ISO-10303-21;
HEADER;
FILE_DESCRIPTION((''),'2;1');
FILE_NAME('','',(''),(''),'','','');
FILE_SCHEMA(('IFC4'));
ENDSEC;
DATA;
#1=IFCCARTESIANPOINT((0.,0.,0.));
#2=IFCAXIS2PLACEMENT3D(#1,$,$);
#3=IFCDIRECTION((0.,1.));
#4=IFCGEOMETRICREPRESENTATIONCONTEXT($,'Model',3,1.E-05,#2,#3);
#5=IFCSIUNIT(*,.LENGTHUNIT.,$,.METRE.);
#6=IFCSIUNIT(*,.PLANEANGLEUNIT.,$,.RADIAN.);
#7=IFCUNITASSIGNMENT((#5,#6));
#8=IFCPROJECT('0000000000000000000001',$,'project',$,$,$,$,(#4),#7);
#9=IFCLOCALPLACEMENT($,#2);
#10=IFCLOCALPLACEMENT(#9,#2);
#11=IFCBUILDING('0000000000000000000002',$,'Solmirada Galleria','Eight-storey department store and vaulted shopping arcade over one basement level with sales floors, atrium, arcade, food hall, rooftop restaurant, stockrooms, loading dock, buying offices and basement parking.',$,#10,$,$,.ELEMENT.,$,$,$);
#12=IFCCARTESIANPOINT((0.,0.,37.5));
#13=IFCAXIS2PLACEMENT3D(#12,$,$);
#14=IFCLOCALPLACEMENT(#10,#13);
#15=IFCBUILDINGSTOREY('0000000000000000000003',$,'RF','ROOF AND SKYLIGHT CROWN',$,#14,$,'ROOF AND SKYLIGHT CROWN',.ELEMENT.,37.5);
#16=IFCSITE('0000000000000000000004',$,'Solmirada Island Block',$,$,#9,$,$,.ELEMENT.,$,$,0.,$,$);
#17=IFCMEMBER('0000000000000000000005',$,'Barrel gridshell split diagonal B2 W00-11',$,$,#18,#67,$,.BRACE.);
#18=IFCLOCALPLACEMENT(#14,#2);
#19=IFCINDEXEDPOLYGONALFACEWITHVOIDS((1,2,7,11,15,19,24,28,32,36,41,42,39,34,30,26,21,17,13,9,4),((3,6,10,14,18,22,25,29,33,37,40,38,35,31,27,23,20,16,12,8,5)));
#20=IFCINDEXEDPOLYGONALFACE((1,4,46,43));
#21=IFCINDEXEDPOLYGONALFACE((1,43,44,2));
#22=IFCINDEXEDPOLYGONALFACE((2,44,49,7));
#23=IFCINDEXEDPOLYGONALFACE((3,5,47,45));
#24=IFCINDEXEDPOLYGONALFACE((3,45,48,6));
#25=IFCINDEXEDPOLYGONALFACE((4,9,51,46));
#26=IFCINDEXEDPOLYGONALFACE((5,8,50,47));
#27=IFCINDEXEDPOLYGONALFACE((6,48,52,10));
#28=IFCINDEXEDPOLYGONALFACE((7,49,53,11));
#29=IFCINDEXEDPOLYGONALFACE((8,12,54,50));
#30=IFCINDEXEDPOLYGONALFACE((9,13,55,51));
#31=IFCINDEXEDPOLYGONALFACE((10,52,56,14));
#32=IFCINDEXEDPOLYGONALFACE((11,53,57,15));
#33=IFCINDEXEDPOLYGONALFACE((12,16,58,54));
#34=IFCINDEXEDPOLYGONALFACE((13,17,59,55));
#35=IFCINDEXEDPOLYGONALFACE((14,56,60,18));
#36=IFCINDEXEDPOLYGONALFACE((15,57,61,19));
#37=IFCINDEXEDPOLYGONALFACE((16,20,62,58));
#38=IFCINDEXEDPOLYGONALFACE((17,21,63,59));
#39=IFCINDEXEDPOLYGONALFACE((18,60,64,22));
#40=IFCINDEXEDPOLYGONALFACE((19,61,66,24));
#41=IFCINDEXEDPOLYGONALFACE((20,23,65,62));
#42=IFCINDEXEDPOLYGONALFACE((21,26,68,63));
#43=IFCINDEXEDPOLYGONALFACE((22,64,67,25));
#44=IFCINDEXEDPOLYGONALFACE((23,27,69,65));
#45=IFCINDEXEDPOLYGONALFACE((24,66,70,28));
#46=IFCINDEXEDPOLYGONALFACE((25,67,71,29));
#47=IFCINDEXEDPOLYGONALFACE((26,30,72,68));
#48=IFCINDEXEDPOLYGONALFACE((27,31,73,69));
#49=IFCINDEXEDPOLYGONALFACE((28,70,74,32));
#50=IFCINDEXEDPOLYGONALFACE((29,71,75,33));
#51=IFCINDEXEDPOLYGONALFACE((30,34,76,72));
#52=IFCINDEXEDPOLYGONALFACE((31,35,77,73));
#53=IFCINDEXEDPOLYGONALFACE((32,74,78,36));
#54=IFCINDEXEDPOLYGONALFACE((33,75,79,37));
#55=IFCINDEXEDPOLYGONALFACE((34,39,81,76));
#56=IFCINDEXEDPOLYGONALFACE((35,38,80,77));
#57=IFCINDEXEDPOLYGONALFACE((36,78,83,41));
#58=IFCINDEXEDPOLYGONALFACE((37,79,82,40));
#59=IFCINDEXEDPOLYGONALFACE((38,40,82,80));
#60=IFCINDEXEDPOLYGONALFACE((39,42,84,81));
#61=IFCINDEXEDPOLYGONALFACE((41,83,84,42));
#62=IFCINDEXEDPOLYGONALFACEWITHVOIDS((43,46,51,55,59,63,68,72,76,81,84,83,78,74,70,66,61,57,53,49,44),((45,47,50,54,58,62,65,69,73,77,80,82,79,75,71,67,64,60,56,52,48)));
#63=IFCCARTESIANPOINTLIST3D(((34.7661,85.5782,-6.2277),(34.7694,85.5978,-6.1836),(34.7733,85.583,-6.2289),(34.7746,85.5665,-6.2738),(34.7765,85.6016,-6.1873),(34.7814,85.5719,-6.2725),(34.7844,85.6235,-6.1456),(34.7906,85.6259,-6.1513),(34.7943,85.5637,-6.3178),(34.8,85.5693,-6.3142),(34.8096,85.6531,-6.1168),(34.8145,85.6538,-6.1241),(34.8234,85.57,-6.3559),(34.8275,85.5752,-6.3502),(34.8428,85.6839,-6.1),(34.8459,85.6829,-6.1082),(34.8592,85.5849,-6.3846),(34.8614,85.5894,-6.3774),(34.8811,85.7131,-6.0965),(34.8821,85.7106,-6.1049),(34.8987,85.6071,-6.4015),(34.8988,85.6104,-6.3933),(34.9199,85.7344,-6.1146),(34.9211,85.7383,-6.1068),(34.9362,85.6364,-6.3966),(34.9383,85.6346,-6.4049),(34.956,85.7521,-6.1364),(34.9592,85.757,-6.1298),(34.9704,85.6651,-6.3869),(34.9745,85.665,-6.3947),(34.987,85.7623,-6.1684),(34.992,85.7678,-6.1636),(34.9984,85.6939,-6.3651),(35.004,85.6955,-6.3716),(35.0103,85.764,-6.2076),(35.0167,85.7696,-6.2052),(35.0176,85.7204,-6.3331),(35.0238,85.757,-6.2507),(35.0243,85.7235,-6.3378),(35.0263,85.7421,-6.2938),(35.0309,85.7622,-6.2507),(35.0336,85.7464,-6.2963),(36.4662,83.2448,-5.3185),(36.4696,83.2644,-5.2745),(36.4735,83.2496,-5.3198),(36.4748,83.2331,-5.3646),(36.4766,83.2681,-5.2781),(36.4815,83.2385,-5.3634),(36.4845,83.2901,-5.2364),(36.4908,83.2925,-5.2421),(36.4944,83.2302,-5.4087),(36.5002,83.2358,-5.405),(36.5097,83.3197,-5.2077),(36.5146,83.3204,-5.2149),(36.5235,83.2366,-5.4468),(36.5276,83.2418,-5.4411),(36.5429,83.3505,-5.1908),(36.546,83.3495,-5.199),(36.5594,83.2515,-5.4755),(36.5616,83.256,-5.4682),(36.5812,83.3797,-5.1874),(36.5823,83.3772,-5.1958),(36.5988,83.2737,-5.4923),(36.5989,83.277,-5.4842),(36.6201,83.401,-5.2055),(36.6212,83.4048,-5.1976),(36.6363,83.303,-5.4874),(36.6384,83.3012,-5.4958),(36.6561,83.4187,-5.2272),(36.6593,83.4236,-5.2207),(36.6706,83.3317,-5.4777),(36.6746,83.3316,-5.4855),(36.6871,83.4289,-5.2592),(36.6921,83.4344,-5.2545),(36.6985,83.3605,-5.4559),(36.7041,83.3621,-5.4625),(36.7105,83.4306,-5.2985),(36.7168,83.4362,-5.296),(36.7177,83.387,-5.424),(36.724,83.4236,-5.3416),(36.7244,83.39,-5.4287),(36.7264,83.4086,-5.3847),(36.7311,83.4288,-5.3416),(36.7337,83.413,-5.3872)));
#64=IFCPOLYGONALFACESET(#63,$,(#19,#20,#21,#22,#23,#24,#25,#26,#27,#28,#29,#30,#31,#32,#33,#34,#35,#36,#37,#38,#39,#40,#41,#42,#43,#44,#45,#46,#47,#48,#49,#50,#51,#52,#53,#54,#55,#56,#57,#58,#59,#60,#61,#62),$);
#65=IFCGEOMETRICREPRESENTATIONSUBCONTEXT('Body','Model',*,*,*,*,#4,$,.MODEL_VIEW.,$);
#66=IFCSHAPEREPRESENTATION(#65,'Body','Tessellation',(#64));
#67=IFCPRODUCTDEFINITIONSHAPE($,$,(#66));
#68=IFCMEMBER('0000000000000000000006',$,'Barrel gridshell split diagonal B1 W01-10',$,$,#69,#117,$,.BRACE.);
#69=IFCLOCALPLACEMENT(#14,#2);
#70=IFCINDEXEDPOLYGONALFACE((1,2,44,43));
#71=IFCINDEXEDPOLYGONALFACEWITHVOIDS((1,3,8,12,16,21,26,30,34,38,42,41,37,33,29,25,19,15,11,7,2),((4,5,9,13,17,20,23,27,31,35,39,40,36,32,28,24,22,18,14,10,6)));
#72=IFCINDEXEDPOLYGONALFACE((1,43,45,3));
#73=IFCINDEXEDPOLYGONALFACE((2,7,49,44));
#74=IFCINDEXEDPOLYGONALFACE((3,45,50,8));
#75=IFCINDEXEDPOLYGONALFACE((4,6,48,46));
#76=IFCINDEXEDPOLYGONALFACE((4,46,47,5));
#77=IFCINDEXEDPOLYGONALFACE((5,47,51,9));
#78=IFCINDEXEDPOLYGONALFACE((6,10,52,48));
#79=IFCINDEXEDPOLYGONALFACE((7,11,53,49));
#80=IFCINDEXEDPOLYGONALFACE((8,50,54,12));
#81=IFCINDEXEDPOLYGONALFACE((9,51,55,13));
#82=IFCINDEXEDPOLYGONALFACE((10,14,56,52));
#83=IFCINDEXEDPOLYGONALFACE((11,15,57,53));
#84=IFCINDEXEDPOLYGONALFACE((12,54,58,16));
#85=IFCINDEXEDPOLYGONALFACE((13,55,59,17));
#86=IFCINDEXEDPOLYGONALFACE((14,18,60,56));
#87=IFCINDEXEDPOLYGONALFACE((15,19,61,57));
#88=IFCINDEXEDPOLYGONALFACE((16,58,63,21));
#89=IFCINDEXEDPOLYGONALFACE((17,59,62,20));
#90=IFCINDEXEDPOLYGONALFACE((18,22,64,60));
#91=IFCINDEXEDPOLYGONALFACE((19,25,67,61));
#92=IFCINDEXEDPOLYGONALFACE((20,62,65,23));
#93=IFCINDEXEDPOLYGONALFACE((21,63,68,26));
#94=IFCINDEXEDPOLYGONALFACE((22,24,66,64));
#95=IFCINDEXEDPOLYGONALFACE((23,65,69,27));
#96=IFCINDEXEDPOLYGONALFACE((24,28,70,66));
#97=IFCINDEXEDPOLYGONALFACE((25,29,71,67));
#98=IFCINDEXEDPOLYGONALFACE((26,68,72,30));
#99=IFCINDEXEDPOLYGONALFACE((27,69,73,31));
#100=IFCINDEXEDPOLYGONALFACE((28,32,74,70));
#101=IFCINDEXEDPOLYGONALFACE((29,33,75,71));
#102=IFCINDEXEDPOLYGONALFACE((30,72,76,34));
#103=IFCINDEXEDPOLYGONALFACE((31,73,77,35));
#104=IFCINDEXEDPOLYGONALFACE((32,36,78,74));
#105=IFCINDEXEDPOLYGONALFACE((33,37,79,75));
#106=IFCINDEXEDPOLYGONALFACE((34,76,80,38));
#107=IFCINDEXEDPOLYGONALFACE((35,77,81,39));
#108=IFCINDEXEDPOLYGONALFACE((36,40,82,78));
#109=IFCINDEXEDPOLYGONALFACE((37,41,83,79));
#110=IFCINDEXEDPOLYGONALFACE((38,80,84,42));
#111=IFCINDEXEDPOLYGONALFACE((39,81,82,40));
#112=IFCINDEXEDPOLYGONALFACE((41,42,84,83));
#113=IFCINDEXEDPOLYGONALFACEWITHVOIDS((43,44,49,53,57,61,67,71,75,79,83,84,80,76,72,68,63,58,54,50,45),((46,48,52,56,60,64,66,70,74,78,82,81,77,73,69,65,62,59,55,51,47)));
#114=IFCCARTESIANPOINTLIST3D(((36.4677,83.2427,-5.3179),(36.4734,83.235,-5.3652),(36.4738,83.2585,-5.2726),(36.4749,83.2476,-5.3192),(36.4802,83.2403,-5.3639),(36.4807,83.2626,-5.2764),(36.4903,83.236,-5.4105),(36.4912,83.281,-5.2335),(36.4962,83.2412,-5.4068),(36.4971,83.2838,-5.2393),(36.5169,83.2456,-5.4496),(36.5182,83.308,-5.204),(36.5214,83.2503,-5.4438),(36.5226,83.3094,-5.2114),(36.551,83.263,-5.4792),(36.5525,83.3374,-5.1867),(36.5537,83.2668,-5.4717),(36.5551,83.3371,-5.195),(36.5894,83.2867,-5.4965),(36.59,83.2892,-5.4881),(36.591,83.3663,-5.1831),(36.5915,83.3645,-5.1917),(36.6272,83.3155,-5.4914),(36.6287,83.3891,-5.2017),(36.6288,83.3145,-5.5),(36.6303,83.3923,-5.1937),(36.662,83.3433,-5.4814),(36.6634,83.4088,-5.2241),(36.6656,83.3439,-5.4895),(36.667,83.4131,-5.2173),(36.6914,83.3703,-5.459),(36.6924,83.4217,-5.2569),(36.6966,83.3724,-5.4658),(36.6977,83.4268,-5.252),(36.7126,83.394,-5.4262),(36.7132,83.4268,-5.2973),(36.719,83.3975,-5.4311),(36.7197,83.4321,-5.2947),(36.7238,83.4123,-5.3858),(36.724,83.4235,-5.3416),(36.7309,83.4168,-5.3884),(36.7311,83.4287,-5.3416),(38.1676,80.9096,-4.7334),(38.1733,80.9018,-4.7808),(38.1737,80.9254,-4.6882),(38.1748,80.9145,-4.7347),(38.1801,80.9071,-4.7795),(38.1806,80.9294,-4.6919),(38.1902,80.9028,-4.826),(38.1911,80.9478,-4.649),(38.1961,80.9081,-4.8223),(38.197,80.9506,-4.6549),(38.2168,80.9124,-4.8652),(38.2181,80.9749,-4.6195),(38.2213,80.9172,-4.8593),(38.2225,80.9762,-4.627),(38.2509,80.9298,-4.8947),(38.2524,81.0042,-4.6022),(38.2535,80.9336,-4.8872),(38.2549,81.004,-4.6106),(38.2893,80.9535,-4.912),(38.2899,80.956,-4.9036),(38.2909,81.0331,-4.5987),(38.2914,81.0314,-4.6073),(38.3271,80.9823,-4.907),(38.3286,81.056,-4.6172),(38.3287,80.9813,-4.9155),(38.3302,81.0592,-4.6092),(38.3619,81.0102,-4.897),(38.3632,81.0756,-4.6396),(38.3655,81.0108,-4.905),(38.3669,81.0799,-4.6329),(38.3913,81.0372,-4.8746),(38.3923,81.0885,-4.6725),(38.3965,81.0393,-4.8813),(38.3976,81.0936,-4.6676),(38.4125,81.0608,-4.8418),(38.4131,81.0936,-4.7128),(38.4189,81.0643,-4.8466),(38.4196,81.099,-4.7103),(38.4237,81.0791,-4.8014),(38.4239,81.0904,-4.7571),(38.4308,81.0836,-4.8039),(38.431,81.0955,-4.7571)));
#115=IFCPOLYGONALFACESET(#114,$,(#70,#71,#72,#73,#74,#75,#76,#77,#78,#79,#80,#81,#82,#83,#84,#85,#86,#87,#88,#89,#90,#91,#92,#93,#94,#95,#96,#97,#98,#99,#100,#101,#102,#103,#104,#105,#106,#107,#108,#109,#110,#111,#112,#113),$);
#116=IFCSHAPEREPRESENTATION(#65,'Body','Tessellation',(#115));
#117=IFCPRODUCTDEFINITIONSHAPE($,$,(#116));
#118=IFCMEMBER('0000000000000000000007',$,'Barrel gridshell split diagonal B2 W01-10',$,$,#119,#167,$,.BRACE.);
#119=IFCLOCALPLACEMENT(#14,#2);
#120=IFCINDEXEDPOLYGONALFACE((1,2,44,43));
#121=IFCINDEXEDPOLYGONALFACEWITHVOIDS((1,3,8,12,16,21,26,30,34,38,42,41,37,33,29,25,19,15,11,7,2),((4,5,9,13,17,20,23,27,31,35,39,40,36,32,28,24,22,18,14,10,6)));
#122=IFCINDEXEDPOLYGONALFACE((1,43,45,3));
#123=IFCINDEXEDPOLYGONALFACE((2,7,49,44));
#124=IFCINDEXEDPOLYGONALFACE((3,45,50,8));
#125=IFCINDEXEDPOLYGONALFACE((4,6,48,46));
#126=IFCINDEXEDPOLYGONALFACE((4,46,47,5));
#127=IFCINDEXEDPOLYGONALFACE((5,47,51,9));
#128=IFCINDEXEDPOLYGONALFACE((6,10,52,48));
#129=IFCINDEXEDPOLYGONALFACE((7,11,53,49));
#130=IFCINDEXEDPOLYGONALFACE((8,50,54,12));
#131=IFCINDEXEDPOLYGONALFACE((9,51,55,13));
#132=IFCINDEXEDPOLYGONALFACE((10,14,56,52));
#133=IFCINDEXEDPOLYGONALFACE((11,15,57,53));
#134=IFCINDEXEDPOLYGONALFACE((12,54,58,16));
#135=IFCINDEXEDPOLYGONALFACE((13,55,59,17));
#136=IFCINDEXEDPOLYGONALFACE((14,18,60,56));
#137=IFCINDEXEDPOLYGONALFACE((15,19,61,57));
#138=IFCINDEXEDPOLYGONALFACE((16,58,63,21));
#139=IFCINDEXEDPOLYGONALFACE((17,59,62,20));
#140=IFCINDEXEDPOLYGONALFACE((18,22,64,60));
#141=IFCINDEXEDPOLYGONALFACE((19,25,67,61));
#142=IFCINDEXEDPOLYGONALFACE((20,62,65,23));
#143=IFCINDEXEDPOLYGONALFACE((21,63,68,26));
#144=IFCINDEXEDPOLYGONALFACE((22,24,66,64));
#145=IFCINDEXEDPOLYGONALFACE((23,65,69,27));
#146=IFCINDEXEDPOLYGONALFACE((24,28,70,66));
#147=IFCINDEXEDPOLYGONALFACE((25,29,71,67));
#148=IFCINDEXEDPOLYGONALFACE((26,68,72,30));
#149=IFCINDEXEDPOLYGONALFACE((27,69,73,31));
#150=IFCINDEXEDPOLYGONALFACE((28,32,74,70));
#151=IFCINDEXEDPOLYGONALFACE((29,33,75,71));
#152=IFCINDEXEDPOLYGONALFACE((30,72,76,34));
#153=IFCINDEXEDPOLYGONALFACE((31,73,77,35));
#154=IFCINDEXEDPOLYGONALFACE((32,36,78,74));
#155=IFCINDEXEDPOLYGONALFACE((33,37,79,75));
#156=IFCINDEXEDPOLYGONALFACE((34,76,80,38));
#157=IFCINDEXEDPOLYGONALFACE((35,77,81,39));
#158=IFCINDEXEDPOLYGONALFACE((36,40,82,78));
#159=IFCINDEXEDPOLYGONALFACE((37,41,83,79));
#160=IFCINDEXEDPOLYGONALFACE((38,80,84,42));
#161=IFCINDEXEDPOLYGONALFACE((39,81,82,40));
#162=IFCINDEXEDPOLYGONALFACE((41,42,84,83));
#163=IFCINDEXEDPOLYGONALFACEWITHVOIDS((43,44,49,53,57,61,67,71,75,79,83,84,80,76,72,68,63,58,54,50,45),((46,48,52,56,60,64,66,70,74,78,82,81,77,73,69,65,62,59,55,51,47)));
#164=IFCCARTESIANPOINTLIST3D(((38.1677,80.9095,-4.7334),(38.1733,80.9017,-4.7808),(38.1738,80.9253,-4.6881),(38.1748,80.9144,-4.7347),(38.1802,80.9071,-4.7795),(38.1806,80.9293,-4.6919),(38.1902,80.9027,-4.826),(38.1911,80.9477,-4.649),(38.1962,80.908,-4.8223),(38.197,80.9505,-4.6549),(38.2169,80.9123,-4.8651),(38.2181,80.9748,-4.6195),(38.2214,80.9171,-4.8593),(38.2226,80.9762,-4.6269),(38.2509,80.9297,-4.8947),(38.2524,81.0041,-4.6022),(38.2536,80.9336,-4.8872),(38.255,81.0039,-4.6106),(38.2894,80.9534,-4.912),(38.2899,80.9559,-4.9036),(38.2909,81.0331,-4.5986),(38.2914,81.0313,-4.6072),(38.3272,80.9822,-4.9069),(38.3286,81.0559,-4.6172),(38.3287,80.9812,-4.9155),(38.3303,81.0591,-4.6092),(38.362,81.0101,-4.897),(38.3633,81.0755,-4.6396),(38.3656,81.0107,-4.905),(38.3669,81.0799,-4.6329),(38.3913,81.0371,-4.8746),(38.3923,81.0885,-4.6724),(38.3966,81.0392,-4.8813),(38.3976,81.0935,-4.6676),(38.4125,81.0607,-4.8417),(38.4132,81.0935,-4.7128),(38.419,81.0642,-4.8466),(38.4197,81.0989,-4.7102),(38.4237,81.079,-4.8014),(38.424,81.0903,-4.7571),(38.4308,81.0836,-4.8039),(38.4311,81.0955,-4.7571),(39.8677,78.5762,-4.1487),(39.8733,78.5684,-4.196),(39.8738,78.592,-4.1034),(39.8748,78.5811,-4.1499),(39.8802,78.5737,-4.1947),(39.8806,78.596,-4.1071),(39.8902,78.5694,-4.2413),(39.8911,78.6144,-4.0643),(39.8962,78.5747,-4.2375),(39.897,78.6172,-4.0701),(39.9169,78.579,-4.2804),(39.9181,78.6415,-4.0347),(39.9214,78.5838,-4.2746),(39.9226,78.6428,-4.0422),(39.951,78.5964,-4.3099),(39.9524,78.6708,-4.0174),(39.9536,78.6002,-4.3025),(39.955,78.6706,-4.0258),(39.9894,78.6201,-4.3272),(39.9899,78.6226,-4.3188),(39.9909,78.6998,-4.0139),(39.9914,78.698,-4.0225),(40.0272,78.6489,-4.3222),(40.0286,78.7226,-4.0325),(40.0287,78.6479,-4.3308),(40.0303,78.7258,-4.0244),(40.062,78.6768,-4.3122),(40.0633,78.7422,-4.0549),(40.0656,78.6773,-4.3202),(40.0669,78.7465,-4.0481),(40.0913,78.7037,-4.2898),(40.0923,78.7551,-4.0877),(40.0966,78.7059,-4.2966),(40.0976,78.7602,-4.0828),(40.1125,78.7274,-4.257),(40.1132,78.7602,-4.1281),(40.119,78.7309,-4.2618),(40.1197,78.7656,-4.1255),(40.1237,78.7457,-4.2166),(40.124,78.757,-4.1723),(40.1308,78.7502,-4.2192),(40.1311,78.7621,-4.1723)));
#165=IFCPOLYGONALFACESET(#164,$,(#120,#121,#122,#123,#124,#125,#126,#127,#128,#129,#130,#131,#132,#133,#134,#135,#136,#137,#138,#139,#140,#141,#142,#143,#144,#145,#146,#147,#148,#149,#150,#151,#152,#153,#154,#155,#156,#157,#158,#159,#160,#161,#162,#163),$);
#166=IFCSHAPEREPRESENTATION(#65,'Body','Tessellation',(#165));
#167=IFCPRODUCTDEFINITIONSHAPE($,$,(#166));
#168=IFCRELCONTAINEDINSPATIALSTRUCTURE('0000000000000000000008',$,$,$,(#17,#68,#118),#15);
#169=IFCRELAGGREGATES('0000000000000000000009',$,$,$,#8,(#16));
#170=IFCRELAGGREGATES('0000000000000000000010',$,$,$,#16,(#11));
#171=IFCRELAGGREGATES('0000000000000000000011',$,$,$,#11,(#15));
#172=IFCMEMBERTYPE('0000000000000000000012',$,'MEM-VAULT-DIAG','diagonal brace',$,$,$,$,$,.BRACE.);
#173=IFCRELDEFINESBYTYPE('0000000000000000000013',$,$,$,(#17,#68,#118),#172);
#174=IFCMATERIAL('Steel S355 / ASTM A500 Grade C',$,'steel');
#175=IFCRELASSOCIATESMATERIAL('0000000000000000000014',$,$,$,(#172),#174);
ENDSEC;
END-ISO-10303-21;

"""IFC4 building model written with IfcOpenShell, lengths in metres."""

from ifc_helpers import new_model, si_unit, direction, frame, origin, origin_2d, place, context, subcontext, project, spatial, hollow_circle, extrude, material, material_profile, profile_set, type_object, element, save


model = new_model("IFC4")

# Units and contexts
model_context = context("Model", 3, precision=1e-05, world=origin(), true_north=direction((0.0, 1.0)))
body_context = subcontext(model_context, "Body", "Model", "MODEL_VIEW")
ifc_project = project(units=[si_unit("LENGTHUNIT", "METRE"), si_unit("PLANEANGLEUNIT", "RADIAN")], contexts=[model_context])

# Site, building, storey
site_placement = place(None, origin())
site = spatial("IfcSite", under=ifc_project, at=site_placement, Name="Solmirada Island Block", CompositionType="ELEMENT", RefElevation=0.0)
building_placement = place(site_placement, origin())
building = spatial("IfcBuilding", under=site, at=building_placement, Name="Solmirada Galleria", Description="Eight-storey department store and vaulted shopping arcade over one basement level with sales floors, atrium, arcade, food hall, rooftop restaurant, stockrooms, loading dock, buying offices and basement parking.", CompositionType="ELEMENT")
storey_placement = place(building_placement, frame((0.0, 0.0, 37.5)))
storey = spatial("IfcBuildingStorey", under=building, at=storey_placement, Name="RF", Description="ROOF AND SKYLIGHT CROWN", LongName="ROOF AND SKYLIGHT CROWN", CompositionType="ELEMENT", Elevation=37.5)

# Members
ifc_material_1 = material(Name="Steel S355 / ASTM A500 Grade C", Category="steel")
ifc_material_profile_1 = material_profile(ifc_material_1, hollow_circle(Radius=0.1621, WallThickness=0.0088, at=origin_2d()), Name="HSS12.750X0.375")
ifc_profile_set_1 = profile_set([ifc_material_profile_1], Name="Steel S355 / ASTM A500 Grade C")
member_type_1 = type_object("IfcMemberType", Name="MEM-VAULT-DIAG", Description="diagonal brace", PredefinedType="BRACE", material=ifc_profile_set_1)
member_1_placement = place(storey_placement, frame((34.8999, 85.6667, -6.2507), z_axis=(0.561684, -0.770905, 0.300361), x_axis=(0.808224, 0.588875, 0.0)))
element("IfcMember", 1, at=member_1_placement, inside=storey, type_object=member_type_1, Name="Barrel gridshell split diagonal B2 W00-11", PredefinedType="BRACE", context=body_context, shape_type="SweptSolid", body=[
    extrude(hollow_circle(Radius=0.1621, WallThickness=0.0088, at=origin_2d()), origin(), (0.0, 0.0, 1.0), 3.0269),
])
member_2_placement = place(storey_placement, frame((36.6001, 83.3333, -5.3416), z_axis=(0.57715, -0.792162, 0.198434), x_axis=(0.808235, 0.58886, 0.0)))
element("IfcMember", 2, at=member_2_placement, inside=storey, type_object=member_type_1, Name="Barrel gridshell split diagonal B1 W01-10", PredefinedType="BRACE", context=body_context, shape_type="SweptSolid", body=[
    extrude(hollow_circle(Radius=0.1621, WallThickness=0.0088, at=origin_2d()), origin(), (0.0, 0.0, 1.0), 2.9453),
])
member_3_placement = place(storey_placement, frame((38.3, 81.0, -4.7571), z_axis=(0.577141, -0.792149, 0.198514), x_axis=(0.808235, 0.58886, 0.0)))
element("IfcMember", 3, at=member_3_placement, inside=storey, type_object=member_type_1, Name="Barrel gridshell split diagonal B2 W01-10", PredefinedType="BRACE", context=body_context, shape_type="SweptSolid", body=[
    extrude(hollow_circle(Radius=0.1621, WallThickness=0.0088, at=origin_2d()), origin(), (0.0, 0.0, 1.0), 2.9456),
])

save(model, "model.ifc")
